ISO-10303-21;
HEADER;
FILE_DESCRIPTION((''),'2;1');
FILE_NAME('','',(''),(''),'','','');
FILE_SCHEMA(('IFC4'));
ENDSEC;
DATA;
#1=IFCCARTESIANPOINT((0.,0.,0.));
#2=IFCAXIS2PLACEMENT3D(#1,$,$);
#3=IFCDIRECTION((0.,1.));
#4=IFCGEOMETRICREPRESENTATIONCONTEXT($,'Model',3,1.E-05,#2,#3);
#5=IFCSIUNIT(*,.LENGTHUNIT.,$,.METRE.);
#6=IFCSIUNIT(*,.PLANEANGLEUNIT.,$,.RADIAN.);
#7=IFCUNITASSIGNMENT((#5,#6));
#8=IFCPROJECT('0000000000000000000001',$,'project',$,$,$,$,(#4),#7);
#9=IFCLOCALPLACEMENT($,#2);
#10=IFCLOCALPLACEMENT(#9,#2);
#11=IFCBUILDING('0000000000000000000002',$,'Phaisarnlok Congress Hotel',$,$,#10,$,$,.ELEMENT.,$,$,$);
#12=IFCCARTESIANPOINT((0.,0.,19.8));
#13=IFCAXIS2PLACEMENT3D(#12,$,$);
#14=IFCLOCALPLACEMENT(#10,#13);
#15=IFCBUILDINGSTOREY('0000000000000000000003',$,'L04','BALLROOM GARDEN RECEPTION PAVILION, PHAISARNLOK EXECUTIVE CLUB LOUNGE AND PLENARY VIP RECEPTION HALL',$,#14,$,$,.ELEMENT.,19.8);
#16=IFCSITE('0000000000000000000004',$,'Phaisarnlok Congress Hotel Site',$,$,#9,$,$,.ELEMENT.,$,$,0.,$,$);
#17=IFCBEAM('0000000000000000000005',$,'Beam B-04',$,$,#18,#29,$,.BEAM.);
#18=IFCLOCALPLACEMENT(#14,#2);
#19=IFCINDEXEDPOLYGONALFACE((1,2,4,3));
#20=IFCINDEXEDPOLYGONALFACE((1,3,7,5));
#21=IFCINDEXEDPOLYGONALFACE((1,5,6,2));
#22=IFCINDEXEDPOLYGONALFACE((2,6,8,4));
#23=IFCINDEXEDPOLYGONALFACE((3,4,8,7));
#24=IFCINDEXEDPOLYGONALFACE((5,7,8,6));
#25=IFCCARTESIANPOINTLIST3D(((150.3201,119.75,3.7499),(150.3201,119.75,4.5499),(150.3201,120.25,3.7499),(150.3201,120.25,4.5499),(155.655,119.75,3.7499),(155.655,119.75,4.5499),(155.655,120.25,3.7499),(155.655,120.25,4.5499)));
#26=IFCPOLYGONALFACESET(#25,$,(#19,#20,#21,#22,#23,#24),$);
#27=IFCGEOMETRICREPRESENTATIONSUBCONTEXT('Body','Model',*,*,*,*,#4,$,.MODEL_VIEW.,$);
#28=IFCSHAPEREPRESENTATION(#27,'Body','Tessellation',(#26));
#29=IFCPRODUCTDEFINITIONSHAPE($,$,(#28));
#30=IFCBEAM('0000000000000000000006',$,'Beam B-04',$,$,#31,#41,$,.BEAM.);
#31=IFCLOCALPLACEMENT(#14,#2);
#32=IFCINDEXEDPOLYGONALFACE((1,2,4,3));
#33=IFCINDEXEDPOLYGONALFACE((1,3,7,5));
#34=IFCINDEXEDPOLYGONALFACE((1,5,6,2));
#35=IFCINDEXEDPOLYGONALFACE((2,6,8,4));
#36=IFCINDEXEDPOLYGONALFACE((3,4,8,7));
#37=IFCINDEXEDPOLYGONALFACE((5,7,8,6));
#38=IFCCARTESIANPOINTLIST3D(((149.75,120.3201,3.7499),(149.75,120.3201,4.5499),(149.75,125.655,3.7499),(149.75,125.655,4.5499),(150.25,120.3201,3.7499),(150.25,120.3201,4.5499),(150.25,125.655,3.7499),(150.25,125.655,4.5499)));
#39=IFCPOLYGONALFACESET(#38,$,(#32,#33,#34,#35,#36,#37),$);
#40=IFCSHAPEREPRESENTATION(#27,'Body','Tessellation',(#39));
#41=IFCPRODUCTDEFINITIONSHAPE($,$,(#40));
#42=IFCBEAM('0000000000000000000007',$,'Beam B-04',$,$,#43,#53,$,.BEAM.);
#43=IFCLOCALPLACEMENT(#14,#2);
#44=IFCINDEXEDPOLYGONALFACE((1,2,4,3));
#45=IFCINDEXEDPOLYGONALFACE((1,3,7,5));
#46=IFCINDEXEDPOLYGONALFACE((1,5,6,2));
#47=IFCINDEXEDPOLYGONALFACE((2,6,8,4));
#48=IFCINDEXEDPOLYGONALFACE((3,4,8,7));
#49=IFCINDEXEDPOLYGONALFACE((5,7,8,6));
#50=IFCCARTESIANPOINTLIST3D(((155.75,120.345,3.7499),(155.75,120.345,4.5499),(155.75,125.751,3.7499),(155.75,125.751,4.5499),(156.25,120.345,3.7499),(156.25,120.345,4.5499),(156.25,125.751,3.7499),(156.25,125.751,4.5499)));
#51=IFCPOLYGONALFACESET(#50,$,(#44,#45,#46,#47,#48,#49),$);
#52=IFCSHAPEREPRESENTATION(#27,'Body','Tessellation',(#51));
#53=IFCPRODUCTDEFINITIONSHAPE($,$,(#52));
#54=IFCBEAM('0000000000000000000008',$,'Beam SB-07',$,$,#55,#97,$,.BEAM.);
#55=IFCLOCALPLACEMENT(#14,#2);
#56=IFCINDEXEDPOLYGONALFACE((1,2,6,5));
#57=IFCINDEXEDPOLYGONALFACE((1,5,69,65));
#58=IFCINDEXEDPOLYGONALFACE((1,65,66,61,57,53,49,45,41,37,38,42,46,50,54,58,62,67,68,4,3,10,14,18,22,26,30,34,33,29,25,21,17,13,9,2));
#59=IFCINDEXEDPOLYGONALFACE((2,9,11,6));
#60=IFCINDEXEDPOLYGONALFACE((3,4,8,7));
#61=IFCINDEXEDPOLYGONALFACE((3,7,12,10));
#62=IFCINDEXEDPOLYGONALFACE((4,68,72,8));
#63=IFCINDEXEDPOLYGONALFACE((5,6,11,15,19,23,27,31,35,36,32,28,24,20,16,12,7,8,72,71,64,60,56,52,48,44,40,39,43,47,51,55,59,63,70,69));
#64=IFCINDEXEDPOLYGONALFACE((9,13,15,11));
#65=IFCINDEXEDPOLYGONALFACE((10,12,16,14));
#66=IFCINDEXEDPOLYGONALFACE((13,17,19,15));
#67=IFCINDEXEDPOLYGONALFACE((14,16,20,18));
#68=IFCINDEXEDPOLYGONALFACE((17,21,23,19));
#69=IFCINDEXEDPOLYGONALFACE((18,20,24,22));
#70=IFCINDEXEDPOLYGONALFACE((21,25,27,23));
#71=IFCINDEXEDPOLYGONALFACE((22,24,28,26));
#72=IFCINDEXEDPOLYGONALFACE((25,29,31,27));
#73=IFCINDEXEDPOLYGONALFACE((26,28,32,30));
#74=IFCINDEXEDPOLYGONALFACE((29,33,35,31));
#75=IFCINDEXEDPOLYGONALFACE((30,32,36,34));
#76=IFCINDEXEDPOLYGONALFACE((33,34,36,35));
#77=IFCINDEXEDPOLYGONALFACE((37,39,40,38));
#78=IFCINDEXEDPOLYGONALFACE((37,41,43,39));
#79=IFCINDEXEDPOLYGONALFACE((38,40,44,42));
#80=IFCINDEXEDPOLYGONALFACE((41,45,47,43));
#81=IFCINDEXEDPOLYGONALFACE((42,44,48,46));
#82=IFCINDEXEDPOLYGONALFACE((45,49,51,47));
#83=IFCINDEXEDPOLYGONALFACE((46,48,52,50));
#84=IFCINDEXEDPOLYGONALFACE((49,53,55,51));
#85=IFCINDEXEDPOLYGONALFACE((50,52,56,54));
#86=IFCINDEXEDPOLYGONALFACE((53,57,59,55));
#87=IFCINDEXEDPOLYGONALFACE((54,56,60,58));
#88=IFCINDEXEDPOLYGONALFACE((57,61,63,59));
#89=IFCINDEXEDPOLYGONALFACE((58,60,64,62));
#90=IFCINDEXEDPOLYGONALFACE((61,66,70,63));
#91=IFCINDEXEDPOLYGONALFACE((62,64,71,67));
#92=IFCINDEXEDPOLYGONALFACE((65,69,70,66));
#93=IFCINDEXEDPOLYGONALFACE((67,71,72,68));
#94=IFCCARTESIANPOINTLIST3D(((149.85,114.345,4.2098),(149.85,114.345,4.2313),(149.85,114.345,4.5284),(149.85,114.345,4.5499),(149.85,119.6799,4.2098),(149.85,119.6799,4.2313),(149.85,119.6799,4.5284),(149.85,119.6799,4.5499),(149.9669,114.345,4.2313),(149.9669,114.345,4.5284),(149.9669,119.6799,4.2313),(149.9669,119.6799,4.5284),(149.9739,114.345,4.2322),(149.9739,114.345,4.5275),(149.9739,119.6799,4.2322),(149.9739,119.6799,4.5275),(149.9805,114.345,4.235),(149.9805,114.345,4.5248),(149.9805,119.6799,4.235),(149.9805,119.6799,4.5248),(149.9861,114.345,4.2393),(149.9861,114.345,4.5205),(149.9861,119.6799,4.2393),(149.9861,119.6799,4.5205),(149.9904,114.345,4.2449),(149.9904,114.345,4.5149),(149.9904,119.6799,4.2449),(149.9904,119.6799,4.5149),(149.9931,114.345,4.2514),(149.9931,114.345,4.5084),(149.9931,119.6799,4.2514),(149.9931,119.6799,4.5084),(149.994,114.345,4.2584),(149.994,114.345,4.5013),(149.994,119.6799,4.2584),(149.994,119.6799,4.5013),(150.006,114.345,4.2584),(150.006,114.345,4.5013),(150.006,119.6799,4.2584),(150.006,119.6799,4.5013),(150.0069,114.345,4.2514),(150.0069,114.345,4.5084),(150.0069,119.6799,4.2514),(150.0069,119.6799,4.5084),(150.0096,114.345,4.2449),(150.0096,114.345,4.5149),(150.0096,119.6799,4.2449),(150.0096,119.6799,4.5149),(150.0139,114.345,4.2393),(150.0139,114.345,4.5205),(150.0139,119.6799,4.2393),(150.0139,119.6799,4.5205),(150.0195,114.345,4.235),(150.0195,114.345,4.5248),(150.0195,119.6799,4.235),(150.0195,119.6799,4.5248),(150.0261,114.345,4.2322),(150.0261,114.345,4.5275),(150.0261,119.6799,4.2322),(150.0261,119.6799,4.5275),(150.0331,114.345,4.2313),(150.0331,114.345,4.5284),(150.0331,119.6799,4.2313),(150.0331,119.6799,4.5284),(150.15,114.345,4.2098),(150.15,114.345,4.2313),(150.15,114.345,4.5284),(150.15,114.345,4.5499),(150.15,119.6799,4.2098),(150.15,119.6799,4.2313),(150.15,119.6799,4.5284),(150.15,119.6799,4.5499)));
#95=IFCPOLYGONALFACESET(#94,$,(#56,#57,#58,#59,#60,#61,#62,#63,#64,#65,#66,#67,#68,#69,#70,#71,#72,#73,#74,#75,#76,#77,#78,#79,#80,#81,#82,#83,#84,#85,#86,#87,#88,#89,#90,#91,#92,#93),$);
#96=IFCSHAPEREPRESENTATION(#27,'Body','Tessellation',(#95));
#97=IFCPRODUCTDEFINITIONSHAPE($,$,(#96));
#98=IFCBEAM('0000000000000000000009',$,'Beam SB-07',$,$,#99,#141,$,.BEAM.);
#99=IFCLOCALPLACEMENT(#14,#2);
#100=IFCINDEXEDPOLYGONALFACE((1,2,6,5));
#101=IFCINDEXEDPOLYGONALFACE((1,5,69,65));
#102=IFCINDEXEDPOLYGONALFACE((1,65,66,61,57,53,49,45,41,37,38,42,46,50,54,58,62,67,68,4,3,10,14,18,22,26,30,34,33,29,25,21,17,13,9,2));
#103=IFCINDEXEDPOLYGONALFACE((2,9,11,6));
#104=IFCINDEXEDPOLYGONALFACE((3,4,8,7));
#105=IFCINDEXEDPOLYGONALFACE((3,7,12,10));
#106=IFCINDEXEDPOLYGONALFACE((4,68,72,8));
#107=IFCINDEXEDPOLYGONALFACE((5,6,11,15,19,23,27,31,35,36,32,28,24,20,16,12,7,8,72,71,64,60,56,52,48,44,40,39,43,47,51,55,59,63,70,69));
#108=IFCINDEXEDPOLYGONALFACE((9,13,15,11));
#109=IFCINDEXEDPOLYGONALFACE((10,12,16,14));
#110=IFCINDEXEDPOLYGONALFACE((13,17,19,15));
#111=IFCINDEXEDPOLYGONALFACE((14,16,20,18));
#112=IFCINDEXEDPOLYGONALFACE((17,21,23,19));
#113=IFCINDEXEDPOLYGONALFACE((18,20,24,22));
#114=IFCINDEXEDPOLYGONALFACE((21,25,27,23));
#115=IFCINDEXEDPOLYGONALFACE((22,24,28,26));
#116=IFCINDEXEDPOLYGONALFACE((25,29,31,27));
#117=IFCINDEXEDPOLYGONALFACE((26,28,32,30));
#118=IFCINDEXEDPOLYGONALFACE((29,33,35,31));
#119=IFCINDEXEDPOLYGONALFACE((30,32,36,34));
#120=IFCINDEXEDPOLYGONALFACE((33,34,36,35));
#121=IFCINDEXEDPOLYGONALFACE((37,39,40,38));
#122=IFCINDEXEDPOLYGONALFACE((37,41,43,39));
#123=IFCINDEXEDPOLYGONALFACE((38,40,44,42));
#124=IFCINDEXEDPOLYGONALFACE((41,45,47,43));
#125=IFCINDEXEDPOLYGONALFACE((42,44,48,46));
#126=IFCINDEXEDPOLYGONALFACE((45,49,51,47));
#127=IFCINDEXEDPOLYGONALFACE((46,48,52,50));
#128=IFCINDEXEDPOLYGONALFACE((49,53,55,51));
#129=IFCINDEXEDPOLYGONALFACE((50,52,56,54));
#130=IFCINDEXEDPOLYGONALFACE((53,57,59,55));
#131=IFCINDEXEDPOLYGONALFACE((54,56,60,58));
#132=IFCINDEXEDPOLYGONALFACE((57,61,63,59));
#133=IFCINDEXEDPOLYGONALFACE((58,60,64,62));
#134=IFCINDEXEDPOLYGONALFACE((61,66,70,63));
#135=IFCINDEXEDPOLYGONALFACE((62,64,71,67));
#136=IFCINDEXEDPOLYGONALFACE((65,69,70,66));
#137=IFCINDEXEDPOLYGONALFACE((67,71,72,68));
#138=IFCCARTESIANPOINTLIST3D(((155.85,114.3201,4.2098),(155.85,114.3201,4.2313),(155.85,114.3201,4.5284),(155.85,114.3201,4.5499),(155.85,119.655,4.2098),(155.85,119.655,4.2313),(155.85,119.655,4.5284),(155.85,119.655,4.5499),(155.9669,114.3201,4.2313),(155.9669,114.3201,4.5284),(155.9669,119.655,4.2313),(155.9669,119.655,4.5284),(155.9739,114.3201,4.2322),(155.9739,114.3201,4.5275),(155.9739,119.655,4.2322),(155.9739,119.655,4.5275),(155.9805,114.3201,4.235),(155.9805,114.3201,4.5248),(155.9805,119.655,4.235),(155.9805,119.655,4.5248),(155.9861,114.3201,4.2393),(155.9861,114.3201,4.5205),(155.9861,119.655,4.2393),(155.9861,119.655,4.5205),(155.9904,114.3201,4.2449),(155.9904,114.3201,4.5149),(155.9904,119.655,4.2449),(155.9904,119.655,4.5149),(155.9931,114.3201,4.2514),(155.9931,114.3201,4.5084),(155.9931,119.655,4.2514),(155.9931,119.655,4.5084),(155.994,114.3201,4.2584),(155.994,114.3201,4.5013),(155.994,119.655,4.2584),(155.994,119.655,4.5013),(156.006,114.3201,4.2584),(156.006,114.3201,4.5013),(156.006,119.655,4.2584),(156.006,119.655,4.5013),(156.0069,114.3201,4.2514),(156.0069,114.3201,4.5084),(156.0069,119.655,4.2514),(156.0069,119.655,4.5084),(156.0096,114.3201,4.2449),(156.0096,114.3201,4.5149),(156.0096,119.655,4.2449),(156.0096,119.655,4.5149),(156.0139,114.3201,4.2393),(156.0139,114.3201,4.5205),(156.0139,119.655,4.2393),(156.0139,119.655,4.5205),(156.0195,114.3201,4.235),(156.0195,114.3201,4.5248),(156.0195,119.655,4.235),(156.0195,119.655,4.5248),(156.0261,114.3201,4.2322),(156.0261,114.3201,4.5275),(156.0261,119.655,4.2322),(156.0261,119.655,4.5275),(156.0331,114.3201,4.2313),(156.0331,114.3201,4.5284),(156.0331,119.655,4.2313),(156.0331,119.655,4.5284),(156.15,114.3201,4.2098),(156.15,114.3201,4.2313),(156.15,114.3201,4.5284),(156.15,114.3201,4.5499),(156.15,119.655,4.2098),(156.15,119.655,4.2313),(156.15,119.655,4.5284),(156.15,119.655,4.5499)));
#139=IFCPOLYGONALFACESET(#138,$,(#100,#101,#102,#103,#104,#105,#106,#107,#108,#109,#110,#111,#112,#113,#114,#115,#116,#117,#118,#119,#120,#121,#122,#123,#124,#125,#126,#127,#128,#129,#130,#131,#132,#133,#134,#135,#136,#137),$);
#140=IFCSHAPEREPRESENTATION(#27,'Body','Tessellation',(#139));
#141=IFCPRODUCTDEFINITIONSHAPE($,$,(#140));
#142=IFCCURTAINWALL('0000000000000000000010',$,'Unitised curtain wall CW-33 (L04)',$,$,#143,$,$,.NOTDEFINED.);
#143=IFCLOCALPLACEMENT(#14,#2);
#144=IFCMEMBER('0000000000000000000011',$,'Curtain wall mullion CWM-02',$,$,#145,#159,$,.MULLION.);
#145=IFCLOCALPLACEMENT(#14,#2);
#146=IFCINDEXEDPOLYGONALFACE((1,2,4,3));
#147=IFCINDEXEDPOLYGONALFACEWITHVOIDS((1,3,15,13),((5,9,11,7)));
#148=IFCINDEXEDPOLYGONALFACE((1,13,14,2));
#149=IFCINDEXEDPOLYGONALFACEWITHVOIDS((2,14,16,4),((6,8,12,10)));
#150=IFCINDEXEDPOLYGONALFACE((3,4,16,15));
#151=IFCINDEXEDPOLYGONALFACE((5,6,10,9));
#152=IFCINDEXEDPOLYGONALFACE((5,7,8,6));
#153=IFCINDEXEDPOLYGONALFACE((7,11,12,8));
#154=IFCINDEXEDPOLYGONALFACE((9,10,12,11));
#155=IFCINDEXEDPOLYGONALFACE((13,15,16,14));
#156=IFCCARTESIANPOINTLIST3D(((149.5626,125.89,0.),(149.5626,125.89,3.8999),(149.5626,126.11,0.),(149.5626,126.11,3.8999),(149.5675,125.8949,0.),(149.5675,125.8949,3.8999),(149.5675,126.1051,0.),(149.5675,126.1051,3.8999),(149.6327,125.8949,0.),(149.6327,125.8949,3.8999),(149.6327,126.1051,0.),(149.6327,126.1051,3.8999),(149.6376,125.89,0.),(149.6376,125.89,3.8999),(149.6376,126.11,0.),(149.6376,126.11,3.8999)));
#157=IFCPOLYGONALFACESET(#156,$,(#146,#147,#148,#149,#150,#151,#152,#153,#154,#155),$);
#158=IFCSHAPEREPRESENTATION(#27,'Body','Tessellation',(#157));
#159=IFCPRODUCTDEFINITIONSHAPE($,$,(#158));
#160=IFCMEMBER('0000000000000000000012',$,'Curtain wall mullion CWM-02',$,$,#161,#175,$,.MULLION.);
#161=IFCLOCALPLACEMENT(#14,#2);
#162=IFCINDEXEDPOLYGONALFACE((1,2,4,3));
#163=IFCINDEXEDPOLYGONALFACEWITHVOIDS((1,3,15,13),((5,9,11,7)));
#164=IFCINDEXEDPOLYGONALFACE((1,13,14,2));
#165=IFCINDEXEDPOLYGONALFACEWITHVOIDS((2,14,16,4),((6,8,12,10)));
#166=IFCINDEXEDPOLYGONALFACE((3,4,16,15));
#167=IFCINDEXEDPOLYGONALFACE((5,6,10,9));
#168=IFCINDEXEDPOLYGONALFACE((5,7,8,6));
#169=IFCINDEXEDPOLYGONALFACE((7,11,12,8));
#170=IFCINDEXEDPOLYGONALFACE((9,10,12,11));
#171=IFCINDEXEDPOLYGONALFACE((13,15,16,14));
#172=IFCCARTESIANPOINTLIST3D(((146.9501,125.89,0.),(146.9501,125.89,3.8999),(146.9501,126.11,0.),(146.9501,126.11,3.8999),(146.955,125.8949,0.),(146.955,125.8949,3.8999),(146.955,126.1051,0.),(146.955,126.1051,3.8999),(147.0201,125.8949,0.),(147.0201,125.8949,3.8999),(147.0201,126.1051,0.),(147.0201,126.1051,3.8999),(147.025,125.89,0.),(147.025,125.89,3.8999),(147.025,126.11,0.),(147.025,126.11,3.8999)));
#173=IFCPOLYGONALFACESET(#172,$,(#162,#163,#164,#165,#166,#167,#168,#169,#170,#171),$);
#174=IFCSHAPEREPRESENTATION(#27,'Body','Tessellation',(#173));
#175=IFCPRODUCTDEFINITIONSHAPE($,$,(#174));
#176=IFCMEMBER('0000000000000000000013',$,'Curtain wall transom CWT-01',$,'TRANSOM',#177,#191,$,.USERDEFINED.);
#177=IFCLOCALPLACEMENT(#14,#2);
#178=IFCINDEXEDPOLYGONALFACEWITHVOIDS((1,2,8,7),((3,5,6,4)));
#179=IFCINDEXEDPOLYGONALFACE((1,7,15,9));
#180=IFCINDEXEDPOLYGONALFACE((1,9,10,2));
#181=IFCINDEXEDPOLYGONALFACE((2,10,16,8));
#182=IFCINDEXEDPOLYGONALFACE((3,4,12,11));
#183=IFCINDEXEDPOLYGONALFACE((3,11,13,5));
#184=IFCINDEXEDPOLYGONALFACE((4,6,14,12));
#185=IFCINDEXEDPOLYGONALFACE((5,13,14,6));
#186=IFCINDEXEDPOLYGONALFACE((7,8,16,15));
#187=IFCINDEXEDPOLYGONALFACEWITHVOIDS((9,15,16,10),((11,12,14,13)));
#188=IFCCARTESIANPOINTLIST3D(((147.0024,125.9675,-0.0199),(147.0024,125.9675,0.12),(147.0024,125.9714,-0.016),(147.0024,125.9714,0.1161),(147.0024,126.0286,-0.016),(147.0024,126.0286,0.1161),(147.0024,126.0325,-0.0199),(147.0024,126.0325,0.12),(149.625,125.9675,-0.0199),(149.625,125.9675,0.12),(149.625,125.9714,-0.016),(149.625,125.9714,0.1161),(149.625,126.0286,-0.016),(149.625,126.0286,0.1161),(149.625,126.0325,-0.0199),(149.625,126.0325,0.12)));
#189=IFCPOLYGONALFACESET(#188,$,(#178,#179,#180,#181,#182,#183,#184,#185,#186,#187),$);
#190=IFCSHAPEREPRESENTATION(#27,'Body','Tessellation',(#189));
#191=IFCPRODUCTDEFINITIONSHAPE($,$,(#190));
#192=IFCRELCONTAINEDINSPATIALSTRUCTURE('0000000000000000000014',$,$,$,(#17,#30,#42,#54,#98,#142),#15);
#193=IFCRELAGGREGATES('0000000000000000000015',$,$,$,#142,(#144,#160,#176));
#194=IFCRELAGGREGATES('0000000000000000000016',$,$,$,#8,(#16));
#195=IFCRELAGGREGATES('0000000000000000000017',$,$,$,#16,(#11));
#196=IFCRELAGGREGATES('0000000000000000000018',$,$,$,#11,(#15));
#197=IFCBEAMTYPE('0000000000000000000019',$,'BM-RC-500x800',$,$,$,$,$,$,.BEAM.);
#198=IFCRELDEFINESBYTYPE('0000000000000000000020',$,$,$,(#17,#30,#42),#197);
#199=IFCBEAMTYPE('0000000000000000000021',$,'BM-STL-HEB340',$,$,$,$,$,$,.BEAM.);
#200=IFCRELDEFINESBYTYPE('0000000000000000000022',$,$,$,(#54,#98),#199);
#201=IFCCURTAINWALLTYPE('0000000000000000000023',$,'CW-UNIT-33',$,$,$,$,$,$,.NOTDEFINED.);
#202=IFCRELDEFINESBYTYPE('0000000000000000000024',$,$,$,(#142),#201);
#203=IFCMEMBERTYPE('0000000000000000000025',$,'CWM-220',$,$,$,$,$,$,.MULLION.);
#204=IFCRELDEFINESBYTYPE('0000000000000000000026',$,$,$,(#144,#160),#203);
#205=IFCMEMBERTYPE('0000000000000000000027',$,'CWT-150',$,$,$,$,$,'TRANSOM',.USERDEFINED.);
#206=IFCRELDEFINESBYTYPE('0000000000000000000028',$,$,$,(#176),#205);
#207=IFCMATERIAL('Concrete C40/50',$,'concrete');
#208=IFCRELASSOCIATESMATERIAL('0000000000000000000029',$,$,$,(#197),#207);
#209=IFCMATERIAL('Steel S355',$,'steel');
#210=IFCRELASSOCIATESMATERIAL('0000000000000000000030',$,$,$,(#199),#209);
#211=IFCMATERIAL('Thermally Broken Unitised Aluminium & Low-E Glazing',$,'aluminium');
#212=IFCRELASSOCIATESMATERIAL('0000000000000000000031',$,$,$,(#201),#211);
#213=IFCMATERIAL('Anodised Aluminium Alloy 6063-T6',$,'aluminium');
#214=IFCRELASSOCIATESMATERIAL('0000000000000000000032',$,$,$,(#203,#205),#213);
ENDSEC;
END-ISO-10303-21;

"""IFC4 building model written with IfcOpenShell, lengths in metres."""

from ifc_helpers import new_model, si_unit, direction, frame, origin, origin_2d, place, context, subcontext, project, spatial, rectangle, hollow_rectangle, i_section, extrude, material, material_profile, profile_set, type_object, element, aggregate, save


model = new_model("IFC4")

# Units and contexts
model_context = context("Model", 3, precision=1e-05, world=origin(), true_north=direction((0.0, 1.0)))
body_context = subcontext(model_context, "Body", "Model", "MODEL_VIEW")
ifc_project = project(units=[si_unit("LENGTHUNIT", "METRE"), si_unit("PLANEANGLEUNIT", "RADIAN")], contexts=[model_context])

# Site, building, storey
site_placement = place(None, origin())
site = spatial("IfcSite", under=ifc_project, at=site_placement, Name="Phaisarnlok Congress Hotel Site", CompositionType="ELEMENT", RefElevation=0.0)
building_placement = place(site_placement, origin())
building = spatial("IfcBuilding", under=site, at=building_placement, Name="Phaisarnlok Congress Hotel", CompositionType="ELEMENT")
storey_placement = place(building_placement, frame((0.0, 0.0, 19.8)))
storey = spatial("IfcBuildingStorey", under=building, at=storey_placement, Name="L04", Description="BALLROOM GARDEN RECEPTION PAVILION, PHAISARNLOK EXECUTIVE CLUB LOUNGE AND PLENARY VIP RECEPTION HALL", CompositionType="ELEMENT", Elevation=19.8)

# Shared definitions
ifc_material_1 = material(Name="Steel S355", Category="steel")

# Beams
ifc_material_2 = material(Name="Concrete C40/50", Category="concrete")
ifc_material_profile_1 = material_profile(ifc_material_2, rectangle(XDim=0.5, YDim=0.8, at=origin_2d()), Name="RC 500x800")
ifc_profile_set_1 = profile_set([ifc_material_profile_1], Name="Concrete C40/50")
beam_type_1 = type_object("IfcBeamType", Name="BM-RC-500x800", PredefinedType="BEAM", material=ifc_profile_set_1)
for number, where, z_axis, x_axis, name in (
    (1, (150.3201, 120.0, 4.1499), (1.0, 0.0, 0.0), (0.0, 1.0, 0.0), "Beam B-04"),
    (2, (150.0, 120.3201, 4.1499), (0.0, 1.0, 0.0), (-1.0, 0.0, 0.0), "Beam B-04"),
):
    element("IfcBeam", number, at=place(storey_placement, frame(where, z_axis=z_axis, x_axis=x_axis)), inside=storey, type_object=beam_type_1, Name=name, PredefinedType="BEAM", context=body_context, shape_type="SweptSolid", body=[
        extrude(rectangle(XDim=0.5, YDim=0.8, at=origin_2d()), origin(), (0.0, 0.0, 1.0), 5.335),
    ])
beam_placement = place(storey_placement, frame((156.0, 120.345, 4.1499), z_axis=(0.0, 1.0, 0.0), x_axis=(-1.0, 0.0, 0.0)))
element("IfcBeam", 3, at=beam_placement, inside=storey, type_object=beam_type_1, Name="Beam B-04", PredefinedType="BEAM", context=body_context, shape_type="SweptSolid", body=[
    extrude(rectangle(XDim=0.5, YDim=0.8, at=origin_2d()), origin(), (0.0, 0.0, 1.0), 5.406),
])
ifc_material_profile_2 = material_profile(ifc_material_1, i_section(OverallWidth=0.3, OverallDepth=0.3401, WebThickness=0.012, FlangeThickness=0.0215, FilletRadius=0.0271, at=origin_2d()), Name="HEB 340")
ifc_profile_set_2 = profile_set([ifc_material_profile_2], Name="Steel S355")
beam_type_2 = type_object("IfcBeamType", Name="BM-STL-HEB340", PredefinedType="BEAM", material=ifc_profile_set_2)
for number, where, z_axis, x_axis, name in (
    (4, (150.0, 114.345, 4.3799), (0.0, 1.0, 0.0), (-1.0, 0.0, 0.0), "Beam SB-07"),
    (5, (156.0, 114.3201, 4.3799), (0.0, 1.0, 0.0), (-1.0, 0.0, 0.0), "Beam SB-07"),
):
    element("IfcBeam", number, at=place(storey_placement, frame(where, z_axis=z_axis, x_axis=x_axis)), inside=storey, type_object=beam_type_2, Name=name, PredefinedType="BEAM", context=body_context, shape_type="SweptSolid", body=[
        extrude(i_section(OverallWidth=0.3, OverallDepth=0.3401, WebThickness=0.012, FlangeThickness=0.0215, FilletRadius=0.0271, at=origin_2d()), origin(), (0.0, 0.0, 1.0), 5.335),
    ])

# Curtain wall, members
ifc_material_3 = material(Name="Thermally Broken Unitised Aluminium & Low-E Glazing", Category="aluminium")
curtain_wall_type = type_object("IfcCurtainWallType", Name="CW-UNIT-33", PredefinedType="NOTDEFINED", material=ifc_material_3)
curtain_wall_placement = place(storey_placement, origin())
curtain_wall = element("IfcCurtainWall", 6, at=curtain_wall_placement, inside=storey, type_object=curtain_wall_type, Name="Unitised curtain wall CW-33 (L04)", PredefinedType="NOTDEFINED")
ifc_material_4 = material(Name="Anodised Aluminium Alloy 6063-T6", Category="aluminium")
ifc_material_profile_3 = material_profile(ifc_material_4, hollow_rectangle(XDim=0.075, YDim=0.22, WallThickness=0.0049, at=origin_2d()), Name="ALU-M 75x220x5")
ifc_profile_set_3 = profile_set([ifc_material_profile_3], Name="Anodised Aluminium Alloy 6063-T6")
member_type_1 = type_object("IfcMemberType", Name="CWM-220", PredefinedType="MULLION", material=ifc_profile_set_3)
member_1_placement = place(storey_placement, frame((149.6001, 126.0, 0.0), z_axis=(0.0, 0.0, 1.0), x_axis=(-1.0, 0.0, 0.0)))
member_1 = element("IfcMember", 7, at=member_1_placement, type_object=member_type_1, Name="Curtain wall mullion CWM-02", PredefinedType="MULLION", context=body_context, shape_type="SweptSolid", body=[
    extrude(hollow_rectangle(XDim=0.075, YDim=0.22, WallThickness=0.0049, at=origin_2d()), origin(), (0.0, 0.0, 1.0), 3.8999),
])
member_2_placement = place(storey_placement, frame((146.9875, 126.0, 0.0), z_axis=(0.0, 0.0, 1.0), x_axis=(-1.0, 0.0, 0.0)))
member_2 = element("IfcMember", 8, at=member_2_placement, type_object=member_type_1, Name="Curtain wall mullion CWM-02", PredefinedType="MULLION", context=body_context, shape_type="SweptSolid", body=[
    extrude(hollow_rectangle(XDim=0.075, YDim=0.22, WallThickness=0.0049, at=origin_2d()), origin(), (0.0, 0.0, 1.0), 3.8999),
])
ifc_material_profile_4 = material_profile(ifc_material_4, hollow_rectangle(XDim=0.0649, YDim=0.1399, WallThickness=0.0039, at=origin_2d()), Name="ALU-T 65x140x4")
ifc_profile_set_4 = profile_set([ifc_material_profile_4], Name="Anodised Aluminium Alloy 6063-T6")
member_type_2 = type_object("IfcMemberType", Name="CWT-150", ElementType="TRANSOM", PredefinedType="USERDEFINED", material=ifc_profile_set_4)
member_3_placement = place(storey_placement, frame((149.625, 126.0, 0.05), z_axis=(-1.0, 0.0, 0.0), x_axis=(0.0, -1.0, 0.0)))
member_3 = element("IfcMember", 9, at=member_3_placement, type_object=member_type_2, Name="Curtain wall transom CWT-01", ObjectType="TRANSOM", PredefinedType="USERDEFINED", context=body_context, shape_type="SweptSolid", body=[
    extrude(hollow_rectangle(XDim=0.0649, YDim=0.1399, WallThickness=0.0039, at=origin_2d()), origin(), (0.0, 0.0, 1.0), 2.6226),
])

aggregate(curtain_wall, [member_1, member_2, member_3])

save(model, "model.ifc")
